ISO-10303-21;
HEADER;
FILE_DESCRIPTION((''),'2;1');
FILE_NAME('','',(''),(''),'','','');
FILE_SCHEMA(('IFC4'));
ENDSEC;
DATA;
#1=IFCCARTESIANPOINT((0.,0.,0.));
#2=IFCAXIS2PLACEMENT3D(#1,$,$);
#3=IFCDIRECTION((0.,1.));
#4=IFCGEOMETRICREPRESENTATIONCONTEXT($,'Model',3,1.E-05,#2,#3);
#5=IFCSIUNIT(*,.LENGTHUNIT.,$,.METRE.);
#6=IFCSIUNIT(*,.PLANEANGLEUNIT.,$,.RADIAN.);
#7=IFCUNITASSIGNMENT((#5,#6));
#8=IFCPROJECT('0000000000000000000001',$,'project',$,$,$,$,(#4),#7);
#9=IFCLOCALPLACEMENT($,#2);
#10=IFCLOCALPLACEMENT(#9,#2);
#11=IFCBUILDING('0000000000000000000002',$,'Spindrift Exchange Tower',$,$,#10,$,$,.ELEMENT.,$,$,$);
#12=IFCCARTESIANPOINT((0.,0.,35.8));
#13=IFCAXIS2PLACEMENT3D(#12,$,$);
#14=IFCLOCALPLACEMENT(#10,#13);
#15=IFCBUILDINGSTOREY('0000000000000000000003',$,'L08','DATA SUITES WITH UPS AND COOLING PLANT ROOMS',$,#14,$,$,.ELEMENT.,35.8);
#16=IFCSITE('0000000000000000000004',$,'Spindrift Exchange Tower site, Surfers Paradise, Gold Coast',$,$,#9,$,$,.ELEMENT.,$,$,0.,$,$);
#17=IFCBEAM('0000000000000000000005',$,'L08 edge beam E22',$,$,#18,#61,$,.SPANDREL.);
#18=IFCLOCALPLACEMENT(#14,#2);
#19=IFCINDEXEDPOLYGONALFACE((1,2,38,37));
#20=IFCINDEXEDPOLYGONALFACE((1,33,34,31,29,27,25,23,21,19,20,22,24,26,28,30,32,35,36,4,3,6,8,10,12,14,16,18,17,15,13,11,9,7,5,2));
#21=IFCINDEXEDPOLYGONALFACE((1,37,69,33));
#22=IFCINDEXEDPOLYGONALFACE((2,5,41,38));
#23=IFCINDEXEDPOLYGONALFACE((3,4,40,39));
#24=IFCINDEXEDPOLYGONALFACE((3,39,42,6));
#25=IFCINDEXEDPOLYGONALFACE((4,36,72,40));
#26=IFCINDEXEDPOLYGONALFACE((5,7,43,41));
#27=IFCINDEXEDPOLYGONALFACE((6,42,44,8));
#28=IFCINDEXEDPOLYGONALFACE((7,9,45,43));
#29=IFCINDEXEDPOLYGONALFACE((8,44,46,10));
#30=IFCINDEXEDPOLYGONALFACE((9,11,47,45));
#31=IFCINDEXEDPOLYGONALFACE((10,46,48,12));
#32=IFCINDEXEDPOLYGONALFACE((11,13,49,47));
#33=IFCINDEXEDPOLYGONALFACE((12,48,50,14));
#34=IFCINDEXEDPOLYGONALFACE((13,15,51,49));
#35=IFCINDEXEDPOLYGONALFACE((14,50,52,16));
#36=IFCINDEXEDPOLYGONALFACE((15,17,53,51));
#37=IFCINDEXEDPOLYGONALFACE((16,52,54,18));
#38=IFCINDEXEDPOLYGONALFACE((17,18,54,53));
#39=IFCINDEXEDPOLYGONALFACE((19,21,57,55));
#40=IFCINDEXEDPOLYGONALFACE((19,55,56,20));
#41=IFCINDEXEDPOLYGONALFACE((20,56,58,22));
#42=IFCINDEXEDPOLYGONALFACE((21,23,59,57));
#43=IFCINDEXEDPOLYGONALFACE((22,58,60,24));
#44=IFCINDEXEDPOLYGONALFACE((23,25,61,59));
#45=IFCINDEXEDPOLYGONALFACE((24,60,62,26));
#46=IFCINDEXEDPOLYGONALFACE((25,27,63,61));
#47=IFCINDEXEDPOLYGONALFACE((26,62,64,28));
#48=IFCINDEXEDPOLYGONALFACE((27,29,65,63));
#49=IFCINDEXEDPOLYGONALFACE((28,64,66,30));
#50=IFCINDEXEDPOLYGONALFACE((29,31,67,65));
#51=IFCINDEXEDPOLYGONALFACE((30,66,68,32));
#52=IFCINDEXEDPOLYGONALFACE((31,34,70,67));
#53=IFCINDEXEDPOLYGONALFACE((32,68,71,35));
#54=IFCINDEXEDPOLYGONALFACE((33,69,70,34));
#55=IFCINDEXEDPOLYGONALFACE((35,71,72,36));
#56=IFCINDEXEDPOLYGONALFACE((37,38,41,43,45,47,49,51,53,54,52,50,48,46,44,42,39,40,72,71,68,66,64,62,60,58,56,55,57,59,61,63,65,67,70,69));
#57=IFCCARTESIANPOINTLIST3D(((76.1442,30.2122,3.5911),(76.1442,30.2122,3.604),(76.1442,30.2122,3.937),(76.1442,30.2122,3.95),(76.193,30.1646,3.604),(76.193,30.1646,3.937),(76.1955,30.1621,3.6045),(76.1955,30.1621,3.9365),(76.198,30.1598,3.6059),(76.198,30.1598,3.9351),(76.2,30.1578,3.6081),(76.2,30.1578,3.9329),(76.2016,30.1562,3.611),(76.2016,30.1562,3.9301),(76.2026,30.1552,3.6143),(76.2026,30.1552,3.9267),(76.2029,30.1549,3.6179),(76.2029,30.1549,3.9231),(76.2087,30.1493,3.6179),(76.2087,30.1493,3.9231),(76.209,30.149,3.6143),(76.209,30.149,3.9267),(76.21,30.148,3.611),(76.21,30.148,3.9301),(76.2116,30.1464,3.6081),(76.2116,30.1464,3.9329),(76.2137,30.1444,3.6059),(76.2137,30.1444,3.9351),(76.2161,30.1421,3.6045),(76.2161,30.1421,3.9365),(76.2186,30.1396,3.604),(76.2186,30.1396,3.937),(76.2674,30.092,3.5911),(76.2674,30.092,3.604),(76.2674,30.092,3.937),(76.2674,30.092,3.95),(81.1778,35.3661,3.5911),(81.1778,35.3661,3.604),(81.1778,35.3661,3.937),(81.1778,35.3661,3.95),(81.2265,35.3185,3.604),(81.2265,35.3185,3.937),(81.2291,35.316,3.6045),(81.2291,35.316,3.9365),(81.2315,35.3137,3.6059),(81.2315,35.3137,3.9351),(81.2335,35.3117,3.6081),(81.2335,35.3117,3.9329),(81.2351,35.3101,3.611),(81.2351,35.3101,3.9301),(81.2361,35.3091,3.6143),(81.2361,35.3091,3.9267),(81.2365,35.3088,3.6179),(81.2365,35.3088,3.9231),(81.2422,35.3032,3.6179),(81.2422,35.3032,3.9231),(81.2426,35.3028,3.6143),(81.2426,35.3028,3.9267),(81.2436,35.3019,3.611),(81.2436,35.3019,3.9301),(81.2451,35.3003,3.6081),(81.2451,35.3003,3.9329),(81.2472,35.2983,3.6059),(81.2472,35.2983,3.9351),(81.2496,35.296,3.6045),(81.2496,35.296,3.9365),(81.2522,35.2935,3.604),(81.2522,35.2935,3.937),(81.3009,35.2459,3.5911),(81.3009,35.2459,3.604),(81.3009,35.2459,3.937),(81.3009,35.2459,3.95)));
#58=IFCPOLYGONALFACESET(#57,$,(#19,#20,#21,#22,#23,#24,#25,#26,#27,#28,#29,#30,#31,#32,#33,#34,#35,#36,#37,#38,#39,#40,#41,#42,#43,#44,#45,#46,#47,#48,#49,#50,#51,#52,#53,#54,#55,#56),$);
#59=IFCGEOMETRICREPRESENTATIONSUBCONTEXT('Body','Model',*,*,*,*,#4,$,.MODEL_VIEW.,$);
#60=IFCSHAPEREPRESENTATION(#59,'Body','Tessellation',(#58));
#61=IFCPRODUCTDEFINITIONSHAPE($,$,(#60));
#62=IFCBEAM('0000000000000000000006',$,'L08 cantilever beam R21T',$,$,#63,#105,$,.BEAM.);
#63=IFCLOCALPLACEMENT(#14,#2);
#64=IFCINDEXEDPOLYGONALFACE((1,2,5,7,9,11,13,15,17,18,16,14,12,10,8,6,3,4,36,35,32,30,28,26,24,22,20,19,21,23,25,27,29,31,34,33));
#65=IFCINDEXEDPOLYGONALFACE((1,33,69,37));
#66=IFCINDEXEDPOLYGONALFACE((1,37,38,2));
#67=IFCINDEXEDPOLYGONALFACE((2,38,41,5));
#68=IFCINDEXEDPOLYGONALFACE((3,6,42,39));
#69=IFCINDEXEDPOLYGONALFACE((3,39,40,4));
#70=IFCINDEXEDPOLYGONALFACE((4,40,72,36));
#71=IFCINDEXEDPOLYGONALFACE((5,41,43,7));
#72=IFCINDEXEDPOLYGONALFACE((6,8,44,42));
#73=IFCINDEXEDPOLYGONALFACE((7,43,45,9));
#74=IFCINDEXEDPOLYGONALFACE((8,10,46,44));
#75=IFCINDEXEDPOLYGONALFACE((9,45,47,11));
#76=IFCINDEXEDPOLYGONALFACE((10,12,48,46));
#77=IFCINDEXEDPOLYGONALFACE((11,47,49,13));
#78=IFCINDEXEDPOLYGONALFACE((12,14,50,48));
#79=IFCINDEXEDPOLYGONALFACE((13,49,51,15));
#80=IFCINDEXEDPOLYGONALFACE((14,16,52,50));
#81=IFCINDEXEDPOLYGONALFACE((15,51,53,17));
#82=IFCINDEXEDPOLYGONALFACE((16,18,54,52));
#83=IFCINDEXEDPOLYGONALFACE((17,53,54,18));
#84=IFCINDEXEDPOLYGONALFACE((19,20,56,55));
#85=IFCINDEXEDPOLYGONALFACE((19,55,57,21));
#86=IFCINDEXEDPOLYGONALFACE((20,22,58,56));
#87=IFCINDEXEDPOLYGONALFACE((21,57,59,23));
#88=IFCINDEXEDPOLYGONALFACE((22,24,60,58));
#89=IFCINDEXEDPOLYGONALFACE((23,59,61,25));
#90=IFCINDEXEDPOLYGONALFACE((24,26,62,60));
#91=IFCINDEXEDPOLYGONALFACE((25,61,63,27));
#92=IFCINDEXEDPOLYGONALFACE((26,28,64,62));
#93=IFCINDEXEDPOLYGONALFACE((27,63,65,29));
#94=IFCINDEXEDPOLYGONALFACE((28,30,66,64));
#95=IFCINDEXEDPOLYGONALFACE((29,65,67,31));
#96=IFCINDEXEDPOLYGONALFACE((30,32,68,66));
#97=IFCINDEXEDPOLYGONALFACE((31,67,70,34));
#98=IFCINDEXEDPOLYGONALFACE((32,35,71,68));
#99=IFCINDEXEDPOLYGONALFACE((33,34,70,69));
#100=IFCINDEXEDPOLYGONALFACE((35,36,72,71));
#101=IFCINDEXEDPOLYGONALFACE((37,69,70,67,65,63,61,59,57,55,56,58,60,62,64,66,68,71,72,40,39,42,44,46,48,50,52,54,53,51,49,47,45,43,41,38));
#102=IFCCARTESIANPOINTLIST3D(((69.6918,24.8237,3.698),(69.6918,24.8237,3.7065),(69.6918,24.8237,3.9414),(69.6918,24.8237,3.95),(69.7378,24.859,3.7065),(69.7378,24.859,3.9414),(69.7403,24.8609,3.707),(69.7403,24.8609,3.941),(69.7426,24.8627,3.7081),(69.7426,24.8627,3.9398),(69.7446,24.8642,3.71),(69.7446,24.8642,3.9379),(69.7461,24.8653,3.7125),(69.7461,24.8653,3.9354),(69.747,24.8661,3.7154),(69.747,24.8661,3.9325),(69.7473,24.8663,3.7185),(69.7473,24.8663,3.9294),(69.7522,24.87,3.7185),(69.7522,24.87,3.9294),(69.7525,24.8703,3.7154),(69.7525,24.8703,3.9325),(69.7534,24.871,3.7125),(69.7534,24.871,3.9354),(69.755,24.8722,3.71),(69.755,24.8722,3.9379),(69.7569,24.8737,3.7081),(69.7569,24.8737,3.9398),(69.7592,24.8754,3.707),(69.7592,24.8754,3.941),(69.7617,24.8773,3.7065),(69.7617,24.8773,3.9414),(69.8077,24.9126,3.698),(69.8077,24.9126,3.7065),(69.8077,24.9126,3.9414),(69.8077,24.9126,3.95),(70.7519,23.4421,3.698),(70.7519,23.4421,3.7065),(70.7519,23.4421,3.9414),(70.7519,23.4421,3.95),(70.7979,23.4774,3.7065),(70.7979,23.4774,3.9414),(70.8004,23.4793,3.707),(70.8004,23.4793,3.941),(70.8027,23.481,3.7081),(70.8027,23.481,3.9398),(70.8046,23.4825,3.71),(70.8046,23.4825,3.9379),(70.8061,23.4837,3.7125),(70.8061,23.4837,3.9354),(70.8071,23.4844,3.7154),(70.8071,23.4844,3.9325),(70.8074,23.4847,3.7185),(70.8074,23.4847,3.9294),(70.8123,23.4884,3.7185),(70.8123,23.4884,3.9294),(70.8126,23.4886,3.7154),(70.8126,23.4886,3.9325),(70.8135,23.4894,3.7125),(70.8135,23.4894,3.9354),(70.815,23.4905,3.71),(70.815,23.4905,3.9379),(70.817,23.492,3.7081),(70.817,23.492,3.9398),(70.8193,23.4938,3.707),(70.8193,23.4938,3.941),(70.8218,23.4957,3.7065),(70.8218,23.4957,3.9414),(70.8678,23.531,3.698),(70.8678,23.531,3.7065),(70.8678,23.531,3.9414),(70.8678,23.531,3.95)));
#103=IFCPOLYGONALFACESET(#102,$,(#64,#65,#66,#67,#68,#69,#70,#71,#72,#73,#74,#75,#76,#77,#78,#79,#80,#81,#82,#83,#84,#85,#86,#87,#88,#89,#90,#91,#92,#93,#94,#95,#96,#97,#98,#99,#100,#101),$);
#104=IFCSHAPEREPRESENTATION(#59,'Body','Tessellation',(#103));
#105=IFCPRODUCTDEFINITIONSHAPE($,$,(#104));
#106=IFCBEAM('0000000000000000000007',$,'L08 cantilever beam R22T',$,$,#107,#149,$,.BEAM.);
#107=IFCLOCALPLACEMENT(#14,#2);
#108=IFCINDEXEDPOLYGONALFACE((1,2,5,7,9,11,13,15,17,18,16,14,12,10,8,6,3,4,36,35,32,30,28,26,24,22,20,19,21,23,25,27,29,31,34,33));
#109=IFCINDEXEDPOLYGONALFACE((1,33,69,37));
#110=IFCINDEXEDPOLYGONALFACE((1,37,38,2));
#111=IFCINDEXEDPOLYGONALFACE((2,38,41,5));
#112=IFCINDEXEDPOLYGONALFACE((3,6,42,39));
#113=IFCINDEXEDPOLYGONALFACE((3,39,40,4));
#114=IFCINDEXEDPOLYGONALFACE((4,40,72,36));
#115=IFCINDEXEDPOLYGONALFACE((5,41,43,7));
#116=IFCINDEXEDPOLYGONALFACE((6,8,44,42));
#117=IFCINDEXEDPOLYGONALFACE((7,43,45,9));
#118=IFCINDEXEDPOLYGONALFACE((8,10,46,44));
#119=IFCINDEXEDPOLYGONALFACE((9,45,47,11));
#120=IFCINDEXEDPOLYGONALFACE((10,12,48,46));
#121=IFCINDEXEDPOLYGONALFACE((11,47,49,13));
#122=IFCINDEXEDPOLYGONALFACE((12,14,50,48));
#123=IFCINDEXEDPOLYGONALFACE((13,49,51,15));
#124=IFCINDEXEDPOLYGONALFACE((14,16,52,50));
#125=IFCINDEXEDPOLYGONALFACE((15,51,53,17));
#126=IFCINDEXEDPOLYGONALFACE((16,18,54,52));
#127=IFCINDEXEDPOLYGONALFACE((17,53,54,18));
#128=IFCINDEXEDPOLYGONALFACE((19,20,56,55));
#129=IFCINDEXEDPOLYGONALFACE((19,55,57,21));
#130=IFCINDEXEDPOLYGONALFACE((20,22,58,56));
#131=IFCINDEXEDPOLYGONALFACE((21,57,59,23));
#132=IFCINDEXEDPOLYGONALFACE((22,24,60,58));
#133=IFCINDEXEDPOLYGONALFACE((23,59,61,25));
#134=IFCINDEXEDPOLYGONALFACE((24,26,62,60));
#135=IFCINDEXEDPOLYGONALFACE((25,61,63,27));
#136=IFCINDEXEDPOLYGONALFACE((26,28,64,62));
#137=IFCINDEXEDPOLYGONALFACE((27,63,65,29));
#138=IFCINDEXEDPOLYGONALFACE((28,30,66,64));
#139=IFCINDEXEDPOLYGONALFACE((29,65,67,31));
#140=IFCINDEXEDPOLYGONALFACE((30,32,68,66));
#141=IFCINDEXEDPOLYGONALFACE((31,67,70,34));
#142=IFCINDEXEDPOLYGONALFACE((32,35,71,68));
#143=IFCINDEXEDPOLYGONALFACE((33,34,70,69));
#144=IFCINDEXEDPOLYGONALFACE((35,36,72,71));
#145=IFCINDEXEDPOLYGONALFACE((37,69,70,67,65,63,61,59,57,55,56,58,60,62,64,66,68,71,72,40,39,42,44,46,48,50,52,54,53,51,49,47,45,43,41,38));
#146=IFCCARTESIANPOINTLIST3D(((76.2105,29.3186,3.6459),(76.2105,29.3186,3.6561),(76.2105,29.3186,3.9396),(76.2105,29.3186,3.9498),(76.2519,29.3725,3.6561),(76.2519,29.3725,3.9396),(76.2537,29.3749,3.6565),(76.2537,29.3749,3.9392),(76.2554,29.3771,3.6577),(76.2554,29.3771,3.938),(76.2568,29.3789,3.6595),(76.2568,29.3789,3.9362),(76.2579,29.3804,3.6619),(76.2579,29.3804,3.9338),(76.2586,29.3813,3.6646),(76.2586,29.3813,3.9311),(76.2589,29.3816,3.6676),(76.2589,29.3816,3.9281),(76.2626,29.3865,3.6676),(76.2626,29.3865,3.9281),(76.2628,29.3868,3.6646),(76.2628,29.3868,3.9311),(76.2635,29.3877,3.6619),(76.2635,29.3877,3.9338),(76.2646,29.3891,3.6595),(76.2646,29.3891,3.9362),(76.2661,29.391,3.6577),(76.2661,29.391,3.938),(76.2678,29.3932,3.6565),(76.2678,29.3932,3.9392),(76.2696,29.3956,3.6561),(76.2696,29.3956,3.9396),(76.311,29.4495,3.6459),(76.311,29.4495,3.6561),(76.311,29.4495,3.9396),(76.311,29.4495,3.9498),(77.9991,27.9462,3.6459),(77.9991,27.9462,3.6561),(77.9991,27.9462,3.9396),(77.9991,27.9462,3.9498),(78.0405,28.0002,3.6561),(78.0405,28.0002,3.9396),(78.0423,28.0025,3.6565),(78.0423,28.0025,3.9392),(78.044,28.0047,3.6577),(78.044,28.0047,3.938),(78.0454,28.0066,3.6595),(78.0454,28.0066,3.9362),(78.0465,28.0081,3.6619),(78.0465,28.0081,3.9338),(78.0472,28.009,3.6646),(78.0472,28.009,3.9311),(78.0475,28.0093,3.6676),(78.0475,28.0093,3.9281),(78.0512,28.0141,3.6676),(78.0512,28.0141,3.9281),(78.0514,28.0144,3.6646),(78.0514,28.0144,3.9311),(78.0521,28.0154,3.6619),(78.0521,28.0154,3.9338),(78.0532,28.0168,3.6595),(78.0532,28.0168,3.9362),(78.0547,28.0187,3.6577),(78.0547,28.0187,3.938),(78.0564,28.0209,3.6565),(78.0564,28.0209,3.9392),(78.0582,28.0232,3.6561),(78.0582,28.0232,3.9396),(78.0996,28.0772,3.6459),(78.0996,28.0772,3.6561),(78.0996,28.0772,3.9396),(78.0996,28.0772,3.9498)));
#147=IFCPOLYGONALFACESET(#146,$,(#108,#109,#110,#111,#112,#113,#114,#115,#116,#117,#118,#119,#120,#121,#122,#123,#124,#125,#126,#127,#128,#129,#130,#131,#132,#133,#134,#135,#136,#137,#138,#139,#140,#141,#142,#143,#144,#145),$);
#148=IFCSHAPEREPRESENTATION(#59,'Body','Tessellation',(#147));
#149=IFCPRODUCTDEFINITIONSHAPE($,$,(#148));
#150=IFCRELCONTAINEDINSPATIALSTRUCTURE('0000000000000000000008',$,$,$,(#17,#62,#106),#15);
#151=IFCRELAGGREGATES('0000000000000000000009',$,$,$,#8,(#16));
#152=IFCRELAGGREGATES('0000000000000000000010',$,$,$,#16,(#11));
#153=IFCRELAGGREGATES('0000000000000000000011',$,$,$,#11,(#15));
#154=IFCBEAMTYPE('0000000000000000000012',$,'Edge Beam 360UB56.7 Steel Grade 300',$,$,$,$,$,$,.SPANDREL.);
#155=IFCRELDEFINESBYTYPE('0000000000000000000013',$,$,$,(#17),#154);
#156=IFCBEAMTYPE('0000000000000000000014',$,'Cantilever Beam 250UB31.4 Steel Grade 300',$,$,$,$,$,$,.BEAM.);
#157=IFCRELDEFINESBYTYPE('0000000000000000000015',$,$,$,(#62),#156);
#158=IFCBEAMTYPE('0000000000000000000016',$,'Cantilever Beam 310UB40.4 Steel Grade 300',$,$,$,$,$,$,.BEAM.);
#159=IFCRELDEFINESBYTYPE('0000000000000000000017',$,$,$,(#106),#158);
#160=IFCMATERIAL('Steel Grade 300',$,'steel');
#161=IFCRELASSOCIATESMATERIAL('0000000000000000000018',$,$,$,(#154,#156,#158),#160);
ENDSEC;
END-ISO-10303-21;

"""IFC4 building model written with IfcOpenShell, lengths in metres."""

from ifc_helpers import new_model, si_unit, direction, frame, origin, origin_2d, place, context, subcontext, project, spatial, i_section, extrude, source, transform, mapped, material, material_profile, profile_set, type_object, element, save


model = new_model("IFC4")

# Units and contexts
model_context = context("Model", 3, precision=1e-05, world=origin(), true_north=direction((0.0, 1.0)))
body_context = subcontext(model_context, "Body", "Model", "MODEL_VIEW")
ifc_project = project(units=[si_unit("LENGTHUNIT", "METRE"), si_unit("PLANEANGLEUNIT", "RADIAN")], contexts=[model_context])

# Site, building, storey
site_placement = place(None, origin())
site = spatial("IfcSite", under=ifc_project, at=site_placement, Name="Spindrift Exchange Tower site, Surfers Paradise, Gold Coast", CompositionType="ELEMENT", RefElevation=0.0)
building_placement = place(site_placement, origin())
building = spatial("IfcBuilding", under=site, at=building_placement, Name="Spindrift Exchange Tower", CompositionType="ELEMENT")
storey_placement = place(building_placement, frame((0.0, 0.0, 35.8)))
storey = spatial("IfcBuildingStorey", under=building, at=storey_placement, Name="L08", Description="DATA SUITES WITH UPS AND COOLING PLANT ROOMS", CompositionType="ELEMENT", Elevation=35.8)

# Beams
ifc_material_1 = material(Name="Steel Grade 300", Category="steel")
ifc_material_profile_1 = material_profile(ifc_material_1, i_section(OverallWidth=0.1721, OverallDepth=0.3589, WebThickness=0.0081, FlangeThickness=0.0129, FilletRadius=0.0139, at=origin_2d()), Name="360UB56.7")
ifc_profile_set_1 = profile_set([ifc_material_profile_1], Name="Steel Grade 300")
beam_type_1 = type_object("IfcBeamType", Name="Edge Beam 360UB56.7 Steel Grade 300", PredefinedType="SPANDREL", material=ifc_profile_set_1)
shared_shape_1 = source(origin(), body_context, "Body", "SweptSolid", [
    extrude(i_section(OverallWidth=0.1721, OverallDepth=0.3589, WebThickness=0.0081, FlangeThickness=0.0129, FilletRadius=0.0139, at=origin_2d()), origin(), (0.0, 0.0, 1.0), 7.2041),
])
beam_1_placement = place(storey_placement, frame((76.2058, 30.1521, 3.7705), z_axis=(0.698704, 0.715411, 0.0), x_axis=(-0.715411, 0.698704, 0.0)))
element("IfcBeam", 1, at=beam_1_placement, inside=storey, type_object=beam_type_1, Name="L08 edge beam E22", PredefinedType="SPANDREL", context=body_context, shape_type="MappedRepresentation", body=[
    mapped(shared_shape_1, transform((0.0, 0.0, 0.0), scale=1.0)),
])
ifc_material_profile_2 = material_profile(ifc_material_1, i_section(OverallWidth=0.146, OverallDepth=0.252, WebThickness=0.0061, FlangeThickness=0.0085, FilletRadius=0.012, at=origin_2d()), Name="250UB31.4")
ifc_profile_set_2 = profile_set([ifc_material_profile_2], Name="Steel Grade 300")
beam_type_2 = type_object("IfcBeamType", Name="Cantilever Beam 250UB31.4 Steel Grade 300", PredefinedType="BEAM", material=ifc_profile_set_2)
shared_shape_2 = source(origin(), body_context, "Body", "SweptSolid", [
    extrude(i_section(OverallWidth=0.146, OverallDepth=0.252, WebThickness=0.0061, FlangeThickness=0.0085, FilletRadius=0.012, at=origin_2d()), origin(), (0.0, 0.0, 1.0), 1.7415),
])
beam_2_placement = place(storey_placement, frame((69.7498, 24.8682, 3.824), z_axis=(0.608735, -0.793374, 0.0), x_axis=(0.793374, 0.608735, 0.0)))
element("IfcBeam", 2, at=beam_2_placement, inside=storey, type_object=beam_type_2, Name="L08 cantilever beam R21T", PredefinedType="BEAM", context=body_context, shape_type="MappedRepresentation", body=[
    mapped(shared_shape_2, transform((0.0, 0.0, 0.0), scale=1.0)),
])
ifc_material_profile_3 = material_profile(ifc_material_1, i_section(OverallWidth=0.165, OverallDepth=0.304, WebThickness=0.0061, FlangeThickness=0.0103, FilletRadius=0.0115, at=origin_2d()), Name="310UB40.4")
ifc_profile_set_3 = profile_set([ifc_material_profile_3], Name="Steel Grade 300")
beam_type_3 = type_object("IfcBeamType", Name="Cantilever Beam 310UB40.4 Steel Grade 300", PredefinedType="BEAM", material=ifc_profile_set_3)
shared_shape_3 = source(origin(), body_context, "Body", "SweptSolid", [
    extrude(i_section(OverallWidth=0.165, OverallDepth=0.304, WebThickness=0.0061, FlangeThickness=0.0103, FilletRadius=0.0115, at=origin_2d()), origin(), (0.0, 0.0, 1.0), 2.2544),
])
beam_3_placement = place(storey_placement, frame((76.2607, 29.384, 3.7979), z_axis=(0.793376, -0.608732, 0.0), x_axis=(0.608732, 0.793376, 0.0)))
element("IfcBeam", 3, at=beam_3_placement, inside=storey, type_object=beam_type_3, Name="L08 cantilever beam R22T", PredefinedType="BEAM", context=body_context, shape_type="MappedRepresentation", body=[
    mapped(shared_shape_3, transform((0.0, 0.0, 0.0), scale=1.0)),
])

save(model, "model.ifc")
